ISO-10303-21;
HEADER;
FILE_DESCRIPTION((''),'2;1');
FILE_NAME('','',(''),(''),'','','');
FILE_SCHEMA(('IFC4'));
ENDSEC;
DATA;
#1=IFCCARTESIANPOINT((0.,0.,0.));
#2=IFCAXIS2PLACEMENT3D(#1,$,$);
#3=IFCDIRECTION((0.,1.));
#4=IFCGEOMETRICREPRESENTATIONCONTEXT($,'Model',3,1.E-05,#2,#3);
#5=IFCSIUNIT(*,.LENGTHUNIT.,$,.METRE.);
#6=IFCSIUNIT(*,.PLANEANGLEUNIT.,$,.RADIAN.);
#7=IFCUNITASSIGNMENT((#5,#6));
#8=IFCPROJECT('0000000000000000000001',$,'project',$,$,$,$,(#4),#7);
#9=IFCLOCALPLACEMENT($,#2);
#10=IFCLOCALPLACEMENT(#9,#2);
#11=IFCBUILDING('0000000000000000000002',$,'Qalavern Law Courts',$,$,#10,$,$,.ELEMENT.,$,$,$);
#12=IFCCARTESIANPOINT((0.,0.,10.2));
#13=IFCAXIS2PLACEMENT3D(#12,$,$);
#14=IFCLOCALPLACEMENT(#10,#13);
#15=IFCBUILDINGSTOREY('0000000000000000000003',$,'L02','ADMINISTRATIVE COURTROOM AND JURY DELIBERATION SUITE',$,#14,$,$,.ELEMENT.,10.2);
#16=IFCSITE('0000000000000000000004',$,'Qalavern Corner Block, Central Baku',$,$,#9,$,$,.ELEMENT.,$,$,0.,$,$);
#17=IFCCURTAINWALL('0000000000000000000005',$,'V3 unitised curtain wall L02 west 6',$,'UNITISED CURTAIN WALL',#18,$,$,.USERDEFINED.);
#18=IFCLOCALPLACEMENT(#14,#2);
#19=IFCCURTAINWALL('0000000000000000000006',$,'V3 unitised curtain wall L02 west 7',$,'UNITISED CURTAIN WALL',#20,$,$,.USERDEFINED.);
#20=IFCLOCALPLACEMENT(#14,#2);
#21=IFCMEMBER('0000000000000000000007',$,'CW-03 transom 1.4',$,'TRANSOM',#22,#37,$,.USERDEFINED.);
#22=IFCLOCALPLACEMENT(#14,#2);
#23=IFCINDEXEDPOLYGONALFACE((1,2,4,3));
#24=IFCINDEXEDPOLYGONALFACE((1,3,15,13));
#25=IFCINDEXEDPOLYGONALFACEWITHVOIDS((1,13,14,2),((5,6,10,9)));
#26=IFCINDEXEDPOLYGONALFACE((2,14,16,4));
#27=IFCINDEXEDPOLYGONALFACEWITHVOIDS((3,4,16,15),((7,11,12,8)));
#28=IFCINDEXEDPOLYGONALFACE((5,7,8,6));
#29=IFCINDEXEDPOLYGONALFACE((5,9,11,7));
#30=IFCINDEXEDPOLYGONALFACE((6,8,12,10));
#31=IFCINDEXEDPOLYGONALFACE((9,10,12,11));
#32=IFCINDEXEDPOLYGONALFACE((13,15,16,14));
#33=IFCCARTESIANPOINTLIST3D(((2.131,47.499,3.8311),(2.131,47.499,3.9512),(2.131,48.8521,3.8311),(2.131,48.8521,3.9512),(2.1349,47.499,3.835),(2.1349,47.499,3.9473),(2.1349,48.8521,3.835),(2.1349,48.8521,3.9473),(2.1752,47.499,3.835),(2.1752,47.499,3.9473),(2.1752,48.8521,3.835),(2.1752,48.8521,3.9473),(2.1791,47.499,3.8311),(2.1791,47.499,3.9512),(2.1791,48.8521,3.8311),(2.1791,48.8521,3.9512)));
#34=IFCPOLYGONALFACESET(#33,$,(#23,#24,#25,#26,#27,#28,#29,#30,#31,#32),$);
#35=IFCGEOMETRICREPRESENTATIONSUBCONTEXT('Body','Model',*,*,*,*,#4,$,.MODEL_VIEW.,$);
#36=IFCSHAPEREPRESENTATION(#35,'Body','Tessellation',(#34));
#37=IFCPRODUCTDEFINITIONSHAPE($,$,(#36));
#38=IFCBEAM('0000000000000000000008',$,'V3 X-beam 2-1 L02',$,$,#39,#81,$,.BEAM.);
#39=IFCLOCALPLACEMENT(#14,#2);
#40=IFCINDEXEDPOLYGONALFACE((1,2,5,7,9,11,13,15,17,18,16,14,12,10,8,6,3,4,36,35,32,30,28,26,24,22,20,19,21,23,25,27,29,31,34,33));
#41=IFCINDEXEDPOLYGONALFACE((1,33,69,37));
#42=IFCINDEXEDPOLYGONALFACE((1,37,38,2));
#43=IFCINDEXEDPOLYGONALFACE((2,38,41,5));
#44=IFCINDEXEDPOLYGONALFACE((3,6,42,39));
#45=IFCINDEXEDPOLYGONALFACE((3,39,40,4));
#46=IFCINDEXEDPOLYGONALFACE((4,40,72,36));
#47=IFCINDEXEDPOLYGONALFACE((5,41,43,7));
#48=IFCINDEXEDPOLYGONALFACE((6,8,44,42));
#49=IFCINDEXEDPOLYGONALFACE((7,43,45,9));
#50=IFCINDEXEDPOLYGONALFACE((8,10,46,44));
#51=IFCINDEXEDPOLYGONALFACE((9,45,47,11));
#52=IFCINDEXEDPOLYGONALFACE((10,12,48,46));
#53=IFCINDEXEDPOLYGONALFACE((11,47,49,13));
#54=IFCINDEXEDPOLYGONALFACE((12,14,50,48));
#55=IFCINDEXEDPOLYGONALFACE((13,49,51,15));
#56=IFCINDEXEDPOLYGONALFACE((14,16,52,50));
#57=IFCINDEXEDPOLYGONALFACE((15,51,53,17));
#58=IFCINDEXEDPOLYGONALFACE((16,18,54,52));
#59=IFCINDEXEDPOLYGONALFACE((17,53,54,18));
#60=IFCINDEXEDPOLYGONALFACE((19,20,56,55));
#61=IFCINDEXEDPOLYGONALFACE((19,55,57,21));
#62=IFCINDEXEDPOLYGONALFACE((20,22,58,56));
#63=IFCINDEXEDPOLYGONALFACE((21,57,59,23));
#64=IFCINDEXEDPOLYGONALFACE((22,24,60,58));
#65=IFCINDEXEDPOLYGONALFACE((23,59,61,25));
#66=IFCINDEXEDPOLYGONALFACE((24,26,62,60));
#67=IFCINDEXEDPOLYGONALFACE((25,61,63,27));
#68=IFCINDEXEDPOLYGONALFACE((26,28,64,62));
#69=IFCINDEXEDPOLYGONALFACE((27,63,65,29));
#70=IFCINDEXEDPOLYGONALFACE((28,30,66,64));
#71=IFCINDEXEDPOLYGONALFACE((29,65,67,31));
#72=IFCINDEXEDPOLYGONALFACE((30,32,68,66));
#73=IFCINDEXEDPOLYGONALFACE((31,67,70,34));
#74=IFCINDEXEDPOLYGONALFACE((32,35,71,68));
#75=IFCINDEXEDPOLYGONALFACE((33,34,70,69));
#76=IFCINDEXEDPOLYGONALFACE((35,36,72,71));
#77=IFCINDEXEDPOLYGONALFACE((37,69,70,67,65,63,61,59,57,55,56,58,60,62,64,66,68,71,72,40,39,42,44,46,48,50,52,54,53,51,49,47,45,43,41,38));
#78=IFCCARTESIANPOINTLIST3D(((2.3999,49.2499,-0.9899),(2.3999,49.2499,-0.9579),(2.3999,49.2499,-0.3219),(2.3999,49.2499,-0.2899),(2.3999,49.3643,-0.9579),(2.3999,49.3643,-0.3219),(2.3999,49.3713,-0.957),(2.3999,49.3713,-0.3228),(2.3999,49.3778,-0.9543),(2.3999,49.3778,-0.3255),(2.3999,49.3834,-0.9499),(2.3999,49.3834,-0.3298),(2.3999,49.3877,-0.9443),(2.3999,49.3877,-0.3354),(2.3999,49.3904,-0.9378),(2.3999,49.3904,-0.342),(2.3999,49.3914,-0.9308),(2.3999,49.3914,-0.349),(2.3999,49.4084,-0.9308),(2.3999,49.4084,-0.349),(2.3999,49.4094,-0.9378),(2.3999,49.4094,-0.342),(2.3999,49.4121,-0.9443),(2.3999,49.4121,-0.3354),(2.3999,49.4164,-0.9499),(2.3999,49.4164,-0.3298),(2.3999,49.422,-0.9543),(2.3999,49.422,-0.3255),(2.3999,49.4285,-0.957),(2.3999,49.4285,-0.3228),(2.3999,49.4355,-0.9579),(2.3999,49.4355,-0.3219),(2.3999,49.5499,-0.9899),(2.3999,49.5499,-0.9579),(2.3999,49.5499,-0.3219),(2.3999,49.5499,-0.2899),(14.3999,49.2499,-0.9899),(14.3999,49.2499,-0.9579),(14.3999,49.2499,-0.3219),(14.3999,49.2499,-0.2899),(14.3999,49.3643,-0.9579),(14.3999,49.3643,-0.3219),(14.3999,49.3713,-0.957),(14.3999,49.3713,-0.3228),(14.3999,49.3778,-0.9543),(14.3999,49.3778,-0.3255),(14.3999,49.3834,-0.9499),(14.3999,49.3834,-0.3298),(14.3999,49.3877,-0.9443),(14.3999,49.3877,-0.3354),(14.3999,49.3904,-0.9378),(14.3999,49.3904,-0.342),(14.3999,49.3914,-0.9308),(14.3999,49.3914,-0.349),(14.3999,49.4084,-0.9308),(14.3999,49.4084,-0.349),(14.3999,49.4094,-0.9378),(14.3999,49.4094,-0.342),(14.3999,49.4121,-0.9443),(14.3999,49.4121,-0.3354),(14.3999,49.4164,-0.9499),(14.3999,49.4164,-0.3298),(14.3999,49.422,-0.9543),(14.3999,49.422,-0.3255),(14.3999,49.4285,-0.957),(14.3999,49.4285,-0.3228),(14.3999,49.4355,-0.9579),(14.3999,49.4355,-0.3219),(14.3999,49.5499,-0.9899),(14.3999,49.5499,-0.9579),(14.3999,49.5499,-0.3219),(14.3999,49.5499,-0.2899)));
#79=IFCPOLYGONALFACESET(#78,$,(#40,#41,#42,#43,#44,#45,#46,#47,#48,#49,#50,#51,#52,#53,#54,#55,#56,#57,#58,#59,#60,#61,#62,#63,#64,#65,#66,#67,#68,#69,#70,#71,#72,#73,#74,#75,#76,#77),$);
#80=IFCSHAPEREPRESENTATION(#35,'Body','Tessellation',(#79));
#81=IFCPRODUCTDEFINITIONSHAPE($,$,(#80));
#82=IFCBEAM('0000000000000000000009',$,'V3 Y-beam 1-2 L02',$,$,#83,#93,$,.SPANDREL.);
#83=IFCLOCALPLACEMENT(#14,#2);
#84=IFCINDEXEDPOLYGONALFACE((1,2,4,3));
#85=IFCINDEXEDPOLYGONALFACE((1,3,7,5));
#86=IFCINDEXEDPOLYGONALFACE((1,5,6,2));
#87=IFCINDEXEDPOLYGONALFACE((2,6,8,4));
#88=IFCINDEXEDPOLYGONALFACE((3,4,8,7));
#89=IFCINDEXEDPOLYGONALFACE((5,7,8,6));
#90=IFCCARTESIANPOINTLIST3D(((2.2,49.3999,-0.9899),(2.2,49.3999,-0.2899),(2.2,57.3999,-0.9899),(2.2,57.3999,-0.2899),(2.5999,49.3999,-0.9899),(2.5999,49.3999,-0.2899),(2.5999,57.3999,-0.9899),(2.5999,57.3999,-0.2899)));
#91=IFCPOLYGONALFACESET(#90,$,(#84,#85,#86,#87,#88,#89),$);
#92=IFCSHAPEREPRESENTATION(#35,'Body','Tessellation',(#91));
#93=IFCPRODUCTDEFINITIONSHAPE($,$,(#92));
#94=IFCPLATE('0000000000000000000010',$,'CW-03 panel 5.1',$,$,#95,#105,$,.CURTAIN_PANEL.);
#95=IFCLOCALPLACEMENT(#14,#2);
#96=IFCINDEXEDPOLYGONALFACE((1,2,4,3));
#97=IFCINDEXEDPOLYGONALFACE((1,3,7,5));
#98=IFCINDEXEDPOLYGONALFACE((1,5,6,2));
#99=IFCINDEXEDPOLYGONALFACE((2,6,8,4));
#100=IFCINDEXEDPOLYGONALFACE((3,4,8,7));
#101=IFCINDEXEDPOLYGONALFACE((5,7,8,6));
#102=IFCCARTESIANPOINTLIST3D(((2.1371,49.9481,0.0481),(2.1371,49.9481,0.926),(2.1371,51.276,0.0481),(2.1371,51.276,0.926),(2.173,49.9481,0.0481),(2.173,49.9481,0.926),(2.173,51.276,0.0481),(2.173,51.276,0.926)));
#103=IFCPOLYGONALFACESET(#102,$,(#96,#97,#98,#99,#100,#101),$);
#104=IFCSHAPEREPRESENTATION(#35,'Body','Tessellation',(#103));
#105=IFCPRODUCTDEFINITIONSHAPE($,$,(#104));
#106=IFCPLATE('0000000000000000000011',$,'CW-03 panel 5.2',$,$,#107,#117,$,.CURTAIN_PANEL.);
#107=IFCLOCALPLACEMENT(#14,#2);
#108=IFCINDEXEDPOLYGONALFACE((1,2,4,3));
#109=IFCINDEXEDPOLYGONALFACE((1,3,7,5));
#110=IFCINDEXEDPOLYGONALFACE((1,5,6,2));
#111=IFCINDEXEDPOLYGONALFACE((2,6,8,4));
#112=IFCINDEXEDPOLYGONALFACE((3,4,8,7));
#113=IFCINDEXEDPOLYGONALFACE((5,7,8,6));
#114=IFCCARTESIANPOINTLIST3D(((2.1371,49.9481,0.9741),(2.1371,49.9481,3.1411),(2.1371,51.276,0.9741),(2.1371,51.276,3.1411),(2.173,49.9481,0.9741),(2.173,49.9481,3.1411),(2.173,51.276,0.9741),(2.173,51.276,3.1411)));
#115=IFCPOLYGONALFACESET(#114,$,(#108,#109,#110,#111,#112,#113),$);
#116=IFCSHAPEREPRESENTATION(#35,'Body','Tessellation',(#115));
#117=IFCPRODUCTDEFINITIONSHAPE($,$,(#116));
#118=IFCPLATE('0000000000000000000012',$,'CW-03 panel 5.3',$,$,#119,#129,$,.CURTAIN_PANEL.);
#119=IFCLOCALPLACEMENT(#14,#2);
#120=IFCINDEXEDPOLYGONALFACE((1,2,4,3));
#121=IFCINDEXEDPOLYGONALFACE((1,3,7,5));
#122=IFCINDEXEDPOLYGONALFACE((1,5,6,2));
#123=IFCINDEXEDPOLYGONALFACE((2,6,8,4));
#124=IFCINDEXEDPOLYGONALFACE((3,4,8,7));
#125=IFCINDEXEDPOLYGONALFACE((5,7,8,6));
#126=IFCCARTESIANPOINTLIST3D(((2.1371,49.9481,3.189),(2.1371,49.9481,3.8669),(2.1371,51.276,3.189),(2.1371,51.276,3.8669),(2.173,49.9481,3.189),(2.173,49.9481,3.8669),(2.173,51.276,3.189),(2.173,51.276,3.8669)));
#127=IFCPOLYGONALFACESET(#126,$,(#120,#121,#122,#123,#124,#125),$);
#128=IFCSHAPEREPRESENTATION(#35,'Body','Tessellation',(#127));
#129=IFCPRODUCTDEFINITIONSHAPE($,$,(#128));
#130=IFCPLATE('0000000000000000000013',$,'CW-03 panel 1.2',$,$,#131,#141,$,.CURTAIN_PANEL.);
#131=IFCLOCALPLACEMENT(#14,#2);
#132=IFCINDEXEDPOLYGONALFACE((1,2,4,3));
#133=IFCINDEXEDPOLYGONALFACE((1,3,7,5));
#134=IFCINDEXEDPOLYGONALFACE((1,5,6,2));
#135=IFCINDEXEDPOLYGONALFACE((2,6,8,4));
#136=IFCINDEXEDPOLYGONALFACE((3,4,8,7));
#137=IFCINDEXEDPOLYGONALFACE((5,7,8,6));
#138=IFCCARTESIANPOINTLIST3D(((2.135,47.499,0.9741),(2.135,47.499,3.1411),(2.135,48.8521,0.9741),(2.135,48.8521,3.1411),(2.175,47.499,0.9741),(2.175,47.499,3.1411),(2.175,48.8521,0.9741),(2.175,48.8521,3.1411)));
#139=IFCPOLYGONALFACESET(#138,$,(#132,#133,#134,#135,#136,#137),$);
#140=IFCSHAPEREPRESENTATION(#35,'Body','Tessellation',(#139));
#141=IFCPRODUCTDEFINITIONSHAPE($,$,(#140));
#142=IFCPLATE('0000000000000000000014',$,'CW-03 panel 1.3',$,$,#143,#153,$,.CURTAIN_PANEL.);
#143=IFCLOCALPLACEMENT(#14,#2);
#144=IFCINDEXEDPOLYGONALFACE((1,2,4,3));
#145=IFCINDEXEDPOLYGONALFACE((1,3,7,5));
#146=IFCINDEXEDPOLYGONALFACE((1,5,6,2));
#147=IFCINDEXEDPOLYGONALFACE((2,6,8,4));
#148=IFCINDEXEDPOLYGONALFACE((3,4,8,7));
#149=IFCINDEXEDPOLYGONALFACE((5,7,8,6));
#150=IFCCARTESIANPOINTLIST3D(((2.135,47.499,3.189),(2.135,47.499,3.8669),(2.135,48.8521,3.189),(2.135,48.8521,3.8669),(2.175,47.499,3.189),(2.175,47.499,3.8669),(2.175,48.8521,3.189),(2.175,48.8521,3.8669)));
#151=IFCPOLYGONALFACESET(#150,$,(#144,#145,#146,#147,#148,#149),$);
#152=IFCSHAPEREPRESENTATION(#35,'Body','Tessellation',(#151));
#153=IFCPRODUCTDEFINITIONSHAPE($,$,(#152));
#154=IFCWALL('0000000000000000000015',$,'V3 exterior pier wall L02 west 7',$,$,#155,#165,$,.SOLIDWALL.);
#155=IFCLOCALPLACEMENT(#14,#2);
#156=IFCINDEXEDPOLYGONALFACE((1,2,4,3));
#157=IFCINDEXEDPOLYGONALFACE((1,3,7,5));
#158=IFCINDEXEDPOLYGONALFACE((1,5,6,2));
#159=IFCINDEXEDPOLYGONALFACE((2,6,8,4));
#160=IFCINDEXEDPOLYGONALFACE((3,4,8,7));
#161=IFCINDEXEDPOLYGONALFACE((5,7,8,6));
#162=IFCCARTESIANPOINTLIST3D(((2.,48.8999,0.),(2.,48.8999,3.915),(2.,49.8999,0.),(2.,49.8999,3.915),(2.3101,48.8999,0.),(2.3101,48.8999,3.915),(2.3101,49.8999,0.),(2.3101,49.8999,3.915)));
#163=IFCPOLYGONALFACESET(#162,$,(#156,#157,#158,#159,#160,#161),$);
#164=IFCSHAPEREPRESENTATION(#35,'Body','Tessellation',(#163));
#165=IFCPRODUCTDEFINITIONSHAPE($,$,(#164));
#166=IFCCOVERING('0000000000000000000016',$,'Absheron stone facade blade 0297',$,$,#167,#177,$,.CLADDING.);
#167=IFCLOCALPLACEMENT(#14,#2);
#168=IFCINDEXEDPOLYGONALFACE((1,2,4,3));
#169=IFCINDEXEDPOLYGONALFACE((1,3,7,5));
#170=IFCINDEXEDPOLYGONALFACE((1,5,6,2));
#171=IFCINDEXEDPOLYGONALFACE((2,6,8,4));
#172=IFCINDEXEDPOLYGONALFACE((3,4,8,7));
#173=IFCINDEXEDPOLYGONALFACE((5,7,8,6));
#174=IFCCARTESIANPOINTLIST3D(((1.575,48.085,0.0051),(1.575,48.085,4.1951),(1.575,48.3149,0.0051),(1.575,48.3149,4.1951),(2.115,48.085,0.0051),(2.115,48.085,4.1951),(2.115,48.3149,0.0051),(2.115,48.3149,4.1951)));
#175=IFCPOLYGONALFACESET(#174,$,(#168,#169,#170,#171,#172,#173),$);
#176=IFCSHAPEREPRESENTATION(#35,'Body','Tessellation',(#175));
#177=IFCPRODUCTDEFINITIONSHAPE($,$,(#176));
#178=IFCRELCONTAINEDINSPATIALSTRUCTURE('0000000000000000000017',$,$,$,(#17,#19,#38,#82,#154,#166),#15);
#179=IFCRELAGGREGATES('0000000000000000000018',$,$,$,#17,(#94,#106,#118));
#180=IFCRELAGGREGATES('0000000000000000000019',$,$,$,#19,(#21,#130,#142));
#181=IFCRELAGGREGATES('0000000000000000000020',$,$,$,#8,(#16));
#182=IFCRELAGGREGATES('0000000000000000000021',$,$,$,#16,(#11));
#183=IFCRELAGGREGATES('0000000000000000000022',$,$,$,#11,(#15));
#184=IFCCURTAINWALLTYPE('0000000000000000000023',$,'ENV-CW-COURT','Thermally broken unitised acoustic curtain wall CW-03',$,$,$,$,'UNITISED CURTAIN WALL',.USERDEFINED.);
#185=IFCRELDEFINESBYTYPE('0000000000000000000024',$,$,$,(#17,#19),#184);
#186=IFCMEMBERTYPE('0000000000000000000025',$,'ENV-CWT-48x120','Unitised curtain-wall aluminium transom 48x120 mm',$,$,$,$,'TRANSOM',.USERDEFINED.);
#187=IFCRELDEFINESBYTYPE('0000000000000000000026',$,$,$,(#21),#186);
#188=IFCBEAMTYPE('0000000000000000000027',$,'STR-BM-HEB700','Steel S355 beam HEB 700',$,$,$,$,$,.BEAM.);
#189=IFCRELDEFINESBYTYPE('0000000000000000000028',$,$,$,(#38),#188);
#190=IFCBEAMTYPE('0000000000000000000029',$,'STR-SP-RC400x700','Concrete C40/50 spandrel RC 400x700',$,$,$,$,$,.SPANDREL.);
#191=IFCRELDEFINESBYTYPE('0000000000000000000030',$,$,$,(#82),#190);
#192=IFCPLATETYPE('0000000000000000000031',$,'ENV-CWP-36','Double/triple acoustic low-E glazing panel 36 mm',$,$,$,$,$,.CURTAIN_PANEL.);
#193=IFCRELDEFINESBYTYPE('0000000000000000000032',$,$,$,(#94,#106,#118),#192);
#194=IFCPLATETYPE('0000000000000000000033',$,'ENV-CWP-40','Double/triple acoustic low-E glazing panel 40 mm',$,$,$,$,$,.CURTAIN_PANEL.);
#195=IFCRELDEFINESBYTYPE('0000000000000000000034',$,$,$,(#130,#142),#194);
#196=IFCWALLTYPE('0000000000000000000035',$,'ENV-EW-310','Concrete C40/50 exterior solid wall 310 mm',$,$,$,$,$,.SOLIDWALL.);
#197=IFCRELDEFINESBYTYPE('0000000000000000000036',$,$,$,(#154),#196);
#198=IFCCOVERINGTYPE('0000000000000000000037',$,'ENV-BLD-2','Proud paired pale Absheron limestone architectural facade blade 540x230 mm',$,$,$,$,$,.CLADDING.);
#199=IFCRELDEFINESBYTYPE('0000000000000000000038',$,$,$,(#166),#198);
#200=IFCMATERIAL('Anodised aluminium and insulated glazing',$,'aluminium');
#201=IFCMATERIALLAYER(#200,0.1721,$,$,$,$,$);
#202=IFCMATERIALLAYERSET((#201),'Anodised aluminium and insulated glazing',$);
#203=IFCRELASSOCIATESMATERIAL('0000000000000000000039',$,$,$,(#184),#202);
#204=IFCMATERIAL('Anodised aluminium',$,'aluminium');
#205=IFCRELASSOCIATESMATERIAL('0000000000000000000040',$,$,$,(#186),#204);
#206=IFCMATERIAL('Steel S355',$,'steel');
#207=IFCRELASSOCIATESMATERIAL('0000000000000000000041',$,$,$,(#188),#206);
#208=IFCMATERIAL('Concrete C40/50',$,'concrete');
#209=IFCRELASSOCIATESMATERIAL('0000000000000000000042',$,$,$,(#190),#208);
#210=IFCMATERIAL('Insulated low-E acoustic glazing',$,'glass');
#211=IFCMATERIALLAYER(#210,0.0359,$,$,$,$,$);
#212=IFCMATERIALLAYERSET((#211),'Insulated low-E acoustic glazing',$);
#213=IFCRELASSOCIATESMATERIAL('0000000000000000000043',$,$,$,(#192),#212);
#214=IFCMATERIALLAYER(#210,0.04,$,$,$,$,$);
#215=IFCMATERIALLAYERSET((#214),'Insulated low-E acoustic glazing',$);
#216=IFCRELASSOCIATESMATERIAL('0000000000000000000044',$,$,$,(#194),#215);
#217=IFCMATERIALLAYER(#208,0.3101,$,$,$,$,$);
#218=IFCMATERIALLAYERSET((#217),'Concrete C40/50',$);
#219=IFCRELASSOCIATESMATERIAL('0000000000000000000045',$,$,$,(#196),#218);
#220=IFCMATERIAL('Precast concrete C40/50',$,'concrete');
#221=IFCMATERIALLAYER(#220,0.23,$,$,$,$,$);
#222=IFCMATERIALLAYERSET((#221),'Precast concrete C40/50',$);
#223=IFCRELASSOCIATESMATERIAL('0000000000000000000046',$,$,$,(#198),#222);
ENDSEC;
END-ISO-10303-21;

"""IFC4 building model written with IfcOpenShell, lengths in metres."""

from ifc_helpers import new_model, si_unit, direction, frame, frame_2d, origin, origin_2d, place, context, subcontext, project, spatial, rectangle, hollow_rectangle, i_section, extrude, material, layer, layer_set, material_profile, profile_set, type_object, element, aggregate, save


model = new_model("IFC4")

# Units and contexts
model_context = context("Model", 3, precision=1e-05, world=origin(), true_north=direction((0.0, 1.0)))
body_context = subcontext(model_context, "Body", "Model", "MODEL_VIEW")
ifc_project = project(units=[si_unit("LENGTHUNIT", "METRE"), si_unit("PLANEANGLEUNIT", "RADIAN")], contexts=[model_context])

# Site, building, storey
site_placement = place(None, origin())
site = spatial("IfcSite", under=ifc_project, at=site_placement, Name="Qalavern Corner Block, Central Baku", CompositionType="ELEMENT", RefElevation=0.0)
building_placement = place(site_placement, origin())
building = spatial("IfcBuilding", under=site, at=building_placement, Name="Qalavern Law Courts", CompositionType="ELEMENT")
storey_placement = place(building_placement, frame((0.0, 0.0, 10.2)))
storey = spatial("IfcBuildingStorey", under=building, at=storey_placement, Name="L02", Description="ADMINISTRATIVE COURTROOM AND JURY DELIBERATION SUITE", CompositionType="ELEMENT", Elevation=10.2)

# Curtain wall
ifc_material_1 = material(Name="Anodised aluminium and insulated glazing", Category="aluminium")
ifc_layer_1 = layer(ifc_material_1, 0.1721)
ifc_layer_set_1 = layer_set([ifc_layer_1], Name="Anodised aluminium and insulated glazing")
curtain_wall_type = type_object("IfcCurtainWallType", Name="ENV-CW-COURT", Description="Thermally broken unitised acoustic curtain wall CW-03", ElementType="UNITISED CURTAIN WALL", PredefinedType="USERDEFINED", material=ifc_layer_set_1)
curtain_wall_1_placement = place(storey_placement, origin())
curtain_wall_1 = element("IfcCurtainWall", 1, at=curtain_wall_1_placement, inside=storey, type_object=curtain_wall_type, Name="V3 unitised curtain wall L02 west 6", ObjectType="UNITISED CURTAIN WALL", PredefinedType="USERDEFINED")
ifc_material_2 = material(Name="Anodised aluminium", Category="aluminium")

# Curtain wall
curtain_wall_2_placement = place(storey_placement, origin())
curtain_wall_2 = element("IfcCurtainWall", 2, at=curtain_wall_2_placement, inside=storey, type_object=curtain_wall_type, Name="V3 unitised curtain wall L02 west 7", ObjectType="UNITISED CURTAIN WALL", PredefinedType="USERDEFINED")

# Member
ifc_material_profile_1 = material_profile(ifc_material_2, hollow_rectangle(XDim=0.0481, YDim=0.1201, WallThickness=0.0039, at=origin_2d()), Name="ALU TRANSOM 48x120")
ifc_profile_set_1 = profile_set([ifc_material_profile_1], Name="Anodised aluminium")
member_type_1 = type_object("IfcMemberType", Name="ENV-CWT-48x120", Description="Unitised curtain-wall aluminium transom 48x120 mm", ElementType="TRANSOM", PredefinedType="USERDEFINED", material=ifc_profile_set_1)
member_1_placement = place(storey_placement, frame((2.155, 48.8521, 3.8911), z_axis=(0.0, -1.0, 0.0), x_axis=(1.0, 0.0, 0.0)))
member_1 = element("IfcMember", 3, at=member_1_placement, type_object=member_type_1, Name="CW-03 transom 1.4", ObjectType="TRANSOM", PredefinedType="USERDEFINED", context=body_context, shape_type="SweptSolid", body=[
    extrude(hollow_rectangle(XDim=0.0481, YDim=0.1201, WallThickness=0.0039, at=origin_2d()), origin(), (0.0, 0.0, 1.0), 1.353),
])

# Beams
ifc_material_3 = material(Name="Steel S355", Category="steel")
ifc_material_profile_2 = material_profile(ifc_material_3, i_section(OverallWidth=0.3, OverallDepth=0.7, WebThickness=0.0171, FlangeThickness=0.032, FilletRadius=0.0271, at=origin_2d()), Name="HEB 700")
ifc_profile_set_2 = profile_set([ifc_material_profile_2], Name="Steel S355")
beam_type_1 = type_object("IfcBeamType", Name="STR-BM-HEB700", Description="Steel S355 beam HEB 700", PredefinedType="BEAM", material=ifc_profile_set_2)
beam_1_placement = place(storey_placement, frame((2.3999, 49.3999, -0.6399), z_axis=(1.0, 0.0, 0.0), x_axis=(0.0, 1.0, 0.0)))
element("IfcBeam", 4, at=beam_1_placement, inside=storey, type_object=beam_type_1, Name="V3 X-beam 2-1 L02", PredefinedType="BEAM", context=body_context, shape_type="SweptSolid", body=[
    extrude(i_section(OverallWidth=0.3, OverallDepth=0.7, WebThickness=0.0171, FlangeThickness=0.032, FilletRadius=0.0271, at=origin_2d()), origin(), (0.0, 0.0, 1.0), 12.0),
])
ifc_material_4 = material(Name="Concrete C40/50", Category="concrete")
ifc_material_profile_3 = material_profile(ifc_material_4, rectangle(XDim=0.3999, YDim=0.7, at=origin_2d()), Name="RC 400x700")
ifc_profile_set_3 = profile_set([ifc_material_profile_3], Name="Concrete C40/50")
beam_type_2 = type_object("IfcBeamType", Name="STR-SP-RC400x700", Description="Concrete C40/50 spandrel RC 400x700", PredefinedType="SPANDREL", material=ifc_profile_set_3)
beam_2_placement = place(storey_placement, frame((2.3999, 49.3999, -0.6399), z_axis=(0.0, 1.0, 0.0), x_axis=(-1.0, 0.0, 0.0)))
element("IfcBeam", 5, at=beam_2_placement, inside=storey, type_object=beam_type_2, Name="V3 Y-beam 1-2 L02", PredefinedType="SPANDREL", context=body_context, shape_type="SweptSolid", body=[
    extrude(rectangle(XDim=0.3999, YDim=0.7, at=origin_2d()), origin(), (0.0, 0.0, 1.0), 8.0),
])

# Plates
ifc_material_5 = material(Name="Insulated low-E acoustic glazing", Category="glass")
ifc_layer_2 = layer(ifc_material_5, 0.0359)
ifc_layer_set_2 = layer_set([ifc_layer_2], Name="Insulated low-E acoustic glazing")
plate_type_1 = type_object("IfcPlateType", Name="ENV-CWP-36", Description="Double/triple acoustic low-E glazing panel 36 mm", PredefinedType="CURTAIN_PANEL", material=ifc_layer_set_2)
plate_1_placement = place(storey_placement, frame((2.155, 50.6121, 0.0481), z_axis=(0.0, 0.0, 1.0), x_axis=(0.0, -1.0, 0.0)))
plate_1 = element("IfcPlate", 6, at=plate_1_placement, type_object=plate_type_1, Name="CW-03 panel 5.1", PredefinedType="CURTAIN_PANEL", context=body_context, shape_type="SweptSolid", body=[
    extrude(rectangle(XDim=1.3279, YDim=0.0359, at=origin_2d()), origin(), (0.0, 0.0, 1.0), 0.8779),
])
plate_2_placement = place(storey_placement, frame((2.155, 50.6121, 0.9741), z_axis=(0.0, 0.0, 1.0), x_axis=(0.0, -1.0, 0.0)))
plate_2 = element("IfcPlate", 7, at=plate_2_placement, type_object=plate_type_1, Name="CW-03 panel 5.2", PredefinedType="CURTAIN_PANEL", context=body_context, shape_type="SweptSolid", body=[
    extrude(rectangle(XDim=1.3279, YDim=0.0359, at=origin_2d()), origin(), (0.0, 0.0, 1.0), 2.167),
])
plate_3_placement = place(storey_placement, frame((2.155, 50.6121, 3.189), z_axis=(0.0, 0.0, 1.0), x_axis=(0.0, -1.0, 0.0)))
plate_3 = element("IfcPlate", 8, at=plate_3_placement, type_object=plate_type_1, Name="CW-03 panel 5.3", PredefinedType="CURTAIN_PANEL", context=body_context, shape_type="SweptSolid", body=[
    extrude(rectangle(XDim=1.3279, YDim=0.0359, at=origin_2d()), origin(), (0.0, 0.0, 1.0), 0.678),
])
aggregate(curtain_wall_1, [plate_1, plate_2, plate_3])
ifc_layer_3 = layer(ifc_material_5, 0.04)
ifc_layer_set_3 = layer_set([ifc_layer_3], Name="Insulated low-E acoustic glazing")
plate_type_2 = type_object("IfcPlateType", Name="ENV-CWP-40", Description="Double/triple acoustic low-E glazing panel 40 mm", PredefinedType="CURTAIN_PANEL", material=ifc_layer_set_3)
plate_4_placement = place(storey_placement, frame((2.155, 48.1755, 0.9741), z_axis=(0.0, 0.0, 1.0), x_axis=(0.0, -1.0, 0.0)))
plate_4 = element("IfcPlate", 9, at=plate_4_placement, type_object=plate_type_2, Name="CW-03 panel 1.2", PredefinedType="CURTAIN_PANEL", context=body_context, shape_type="SweptSolid", body=[
    extrude(rectangle(XDim=1.353, YDim=0.04, at=origin_2d()), origin(), (0.0, 0.0, 1.0), 2.167),
])
plate_5_placement = place(storey_placement, frame((2.155, 48.1755, 3.189), z_axis=(0.0, 0.0, 1.0), x_axis=(0.0, -1.0, 0.0)))
plate_5 = element("IfcPlate", 10, at=plate_5_placement, type_object=plate_type_2, Name="CW-03 panel 1.3", PredefinedType="CURTAIN_PANEL", context=body_context, shape_type="SweptSolid", body=[
    extrude(rectangle(XDim=1.353, YDim=0.04, at=origin_2d()), origin(), (0.0, 0.0, 1.0), 0.678),
])
aggregate(curtain_wall_2, [member_1, plate_4, plate_5])

# Wall
ifc_layer_4 = layer(ifc_material_4, 0.3101)
ifc_layer_set_4 = layer_set([ifc_layer_4], Name="Concrete C40/50")
wall_type = type_object("IfcWallType", Name="ENV-EW-310", Description="Concrete C40/50 exterior solid wall 310 mm", PredefinedType="SOLIDWALL", material=ifc_layer_set_4)
wall_placement = place(storey_placement, frame((2.155, 49.8999, 0.0), z_axis=(0.0, 0.0, 1.0), x_axis=(0.0, -1.0, 0.0)))
element("IfcWall", 11, at=wall_placement, inside=storey, type_object=wall_type, Name="V3 exterior pier wall L02 west 7", PredefinedType="SOLIDWALL", context=body_context, shape_type="SweptSolid", body=[
    extrude(rectangle(XDim=1.0, YDim=0.3101, at=frame_2d((0.5, 0.0))), origin(), (0.0, 0.0, 1.0), 3.915),
])

# Covering
ifc_material_6 = material(Name="Precast concrete C40/50", Category="concrete")
ifc_layer_5 = layer(ifc_material_6, 0.23)
ifc_layer_set_5 = layer_set([ifc_layer_5], Name="Precast concrete C40/50")
covering_type_1 = type_object("IfcCoveringType", Name="ENV-BLD-2", Description="Proud paired pale Absheron limestone architectural facade blade 540x230 mm", PredefinedType="CLADDING", material=ifc_layer_set_5)
covering_1_placement = place(storey_placement, frame((1.845, 48.2, 0.0051), z_axis=(0.0, 0.0, 1.0), x_axis=(-1.0, 0.0, 0.0)))
element("IfcCovering", 12, at=covering_1_placement, inside=storey, type_object=covering_type_1, Name="Absheron stone facade blade 0297", PredefinedType="CLADDING", context=body_context, shape_type="SweptSolid", body=[
    extrude(rectangle(XDim=0.54, YDim=0.23, at=origin_2d()), origin(), (0.0, 0.0, 1.0), 4.1899),
])

save(model, "model.ifc")
